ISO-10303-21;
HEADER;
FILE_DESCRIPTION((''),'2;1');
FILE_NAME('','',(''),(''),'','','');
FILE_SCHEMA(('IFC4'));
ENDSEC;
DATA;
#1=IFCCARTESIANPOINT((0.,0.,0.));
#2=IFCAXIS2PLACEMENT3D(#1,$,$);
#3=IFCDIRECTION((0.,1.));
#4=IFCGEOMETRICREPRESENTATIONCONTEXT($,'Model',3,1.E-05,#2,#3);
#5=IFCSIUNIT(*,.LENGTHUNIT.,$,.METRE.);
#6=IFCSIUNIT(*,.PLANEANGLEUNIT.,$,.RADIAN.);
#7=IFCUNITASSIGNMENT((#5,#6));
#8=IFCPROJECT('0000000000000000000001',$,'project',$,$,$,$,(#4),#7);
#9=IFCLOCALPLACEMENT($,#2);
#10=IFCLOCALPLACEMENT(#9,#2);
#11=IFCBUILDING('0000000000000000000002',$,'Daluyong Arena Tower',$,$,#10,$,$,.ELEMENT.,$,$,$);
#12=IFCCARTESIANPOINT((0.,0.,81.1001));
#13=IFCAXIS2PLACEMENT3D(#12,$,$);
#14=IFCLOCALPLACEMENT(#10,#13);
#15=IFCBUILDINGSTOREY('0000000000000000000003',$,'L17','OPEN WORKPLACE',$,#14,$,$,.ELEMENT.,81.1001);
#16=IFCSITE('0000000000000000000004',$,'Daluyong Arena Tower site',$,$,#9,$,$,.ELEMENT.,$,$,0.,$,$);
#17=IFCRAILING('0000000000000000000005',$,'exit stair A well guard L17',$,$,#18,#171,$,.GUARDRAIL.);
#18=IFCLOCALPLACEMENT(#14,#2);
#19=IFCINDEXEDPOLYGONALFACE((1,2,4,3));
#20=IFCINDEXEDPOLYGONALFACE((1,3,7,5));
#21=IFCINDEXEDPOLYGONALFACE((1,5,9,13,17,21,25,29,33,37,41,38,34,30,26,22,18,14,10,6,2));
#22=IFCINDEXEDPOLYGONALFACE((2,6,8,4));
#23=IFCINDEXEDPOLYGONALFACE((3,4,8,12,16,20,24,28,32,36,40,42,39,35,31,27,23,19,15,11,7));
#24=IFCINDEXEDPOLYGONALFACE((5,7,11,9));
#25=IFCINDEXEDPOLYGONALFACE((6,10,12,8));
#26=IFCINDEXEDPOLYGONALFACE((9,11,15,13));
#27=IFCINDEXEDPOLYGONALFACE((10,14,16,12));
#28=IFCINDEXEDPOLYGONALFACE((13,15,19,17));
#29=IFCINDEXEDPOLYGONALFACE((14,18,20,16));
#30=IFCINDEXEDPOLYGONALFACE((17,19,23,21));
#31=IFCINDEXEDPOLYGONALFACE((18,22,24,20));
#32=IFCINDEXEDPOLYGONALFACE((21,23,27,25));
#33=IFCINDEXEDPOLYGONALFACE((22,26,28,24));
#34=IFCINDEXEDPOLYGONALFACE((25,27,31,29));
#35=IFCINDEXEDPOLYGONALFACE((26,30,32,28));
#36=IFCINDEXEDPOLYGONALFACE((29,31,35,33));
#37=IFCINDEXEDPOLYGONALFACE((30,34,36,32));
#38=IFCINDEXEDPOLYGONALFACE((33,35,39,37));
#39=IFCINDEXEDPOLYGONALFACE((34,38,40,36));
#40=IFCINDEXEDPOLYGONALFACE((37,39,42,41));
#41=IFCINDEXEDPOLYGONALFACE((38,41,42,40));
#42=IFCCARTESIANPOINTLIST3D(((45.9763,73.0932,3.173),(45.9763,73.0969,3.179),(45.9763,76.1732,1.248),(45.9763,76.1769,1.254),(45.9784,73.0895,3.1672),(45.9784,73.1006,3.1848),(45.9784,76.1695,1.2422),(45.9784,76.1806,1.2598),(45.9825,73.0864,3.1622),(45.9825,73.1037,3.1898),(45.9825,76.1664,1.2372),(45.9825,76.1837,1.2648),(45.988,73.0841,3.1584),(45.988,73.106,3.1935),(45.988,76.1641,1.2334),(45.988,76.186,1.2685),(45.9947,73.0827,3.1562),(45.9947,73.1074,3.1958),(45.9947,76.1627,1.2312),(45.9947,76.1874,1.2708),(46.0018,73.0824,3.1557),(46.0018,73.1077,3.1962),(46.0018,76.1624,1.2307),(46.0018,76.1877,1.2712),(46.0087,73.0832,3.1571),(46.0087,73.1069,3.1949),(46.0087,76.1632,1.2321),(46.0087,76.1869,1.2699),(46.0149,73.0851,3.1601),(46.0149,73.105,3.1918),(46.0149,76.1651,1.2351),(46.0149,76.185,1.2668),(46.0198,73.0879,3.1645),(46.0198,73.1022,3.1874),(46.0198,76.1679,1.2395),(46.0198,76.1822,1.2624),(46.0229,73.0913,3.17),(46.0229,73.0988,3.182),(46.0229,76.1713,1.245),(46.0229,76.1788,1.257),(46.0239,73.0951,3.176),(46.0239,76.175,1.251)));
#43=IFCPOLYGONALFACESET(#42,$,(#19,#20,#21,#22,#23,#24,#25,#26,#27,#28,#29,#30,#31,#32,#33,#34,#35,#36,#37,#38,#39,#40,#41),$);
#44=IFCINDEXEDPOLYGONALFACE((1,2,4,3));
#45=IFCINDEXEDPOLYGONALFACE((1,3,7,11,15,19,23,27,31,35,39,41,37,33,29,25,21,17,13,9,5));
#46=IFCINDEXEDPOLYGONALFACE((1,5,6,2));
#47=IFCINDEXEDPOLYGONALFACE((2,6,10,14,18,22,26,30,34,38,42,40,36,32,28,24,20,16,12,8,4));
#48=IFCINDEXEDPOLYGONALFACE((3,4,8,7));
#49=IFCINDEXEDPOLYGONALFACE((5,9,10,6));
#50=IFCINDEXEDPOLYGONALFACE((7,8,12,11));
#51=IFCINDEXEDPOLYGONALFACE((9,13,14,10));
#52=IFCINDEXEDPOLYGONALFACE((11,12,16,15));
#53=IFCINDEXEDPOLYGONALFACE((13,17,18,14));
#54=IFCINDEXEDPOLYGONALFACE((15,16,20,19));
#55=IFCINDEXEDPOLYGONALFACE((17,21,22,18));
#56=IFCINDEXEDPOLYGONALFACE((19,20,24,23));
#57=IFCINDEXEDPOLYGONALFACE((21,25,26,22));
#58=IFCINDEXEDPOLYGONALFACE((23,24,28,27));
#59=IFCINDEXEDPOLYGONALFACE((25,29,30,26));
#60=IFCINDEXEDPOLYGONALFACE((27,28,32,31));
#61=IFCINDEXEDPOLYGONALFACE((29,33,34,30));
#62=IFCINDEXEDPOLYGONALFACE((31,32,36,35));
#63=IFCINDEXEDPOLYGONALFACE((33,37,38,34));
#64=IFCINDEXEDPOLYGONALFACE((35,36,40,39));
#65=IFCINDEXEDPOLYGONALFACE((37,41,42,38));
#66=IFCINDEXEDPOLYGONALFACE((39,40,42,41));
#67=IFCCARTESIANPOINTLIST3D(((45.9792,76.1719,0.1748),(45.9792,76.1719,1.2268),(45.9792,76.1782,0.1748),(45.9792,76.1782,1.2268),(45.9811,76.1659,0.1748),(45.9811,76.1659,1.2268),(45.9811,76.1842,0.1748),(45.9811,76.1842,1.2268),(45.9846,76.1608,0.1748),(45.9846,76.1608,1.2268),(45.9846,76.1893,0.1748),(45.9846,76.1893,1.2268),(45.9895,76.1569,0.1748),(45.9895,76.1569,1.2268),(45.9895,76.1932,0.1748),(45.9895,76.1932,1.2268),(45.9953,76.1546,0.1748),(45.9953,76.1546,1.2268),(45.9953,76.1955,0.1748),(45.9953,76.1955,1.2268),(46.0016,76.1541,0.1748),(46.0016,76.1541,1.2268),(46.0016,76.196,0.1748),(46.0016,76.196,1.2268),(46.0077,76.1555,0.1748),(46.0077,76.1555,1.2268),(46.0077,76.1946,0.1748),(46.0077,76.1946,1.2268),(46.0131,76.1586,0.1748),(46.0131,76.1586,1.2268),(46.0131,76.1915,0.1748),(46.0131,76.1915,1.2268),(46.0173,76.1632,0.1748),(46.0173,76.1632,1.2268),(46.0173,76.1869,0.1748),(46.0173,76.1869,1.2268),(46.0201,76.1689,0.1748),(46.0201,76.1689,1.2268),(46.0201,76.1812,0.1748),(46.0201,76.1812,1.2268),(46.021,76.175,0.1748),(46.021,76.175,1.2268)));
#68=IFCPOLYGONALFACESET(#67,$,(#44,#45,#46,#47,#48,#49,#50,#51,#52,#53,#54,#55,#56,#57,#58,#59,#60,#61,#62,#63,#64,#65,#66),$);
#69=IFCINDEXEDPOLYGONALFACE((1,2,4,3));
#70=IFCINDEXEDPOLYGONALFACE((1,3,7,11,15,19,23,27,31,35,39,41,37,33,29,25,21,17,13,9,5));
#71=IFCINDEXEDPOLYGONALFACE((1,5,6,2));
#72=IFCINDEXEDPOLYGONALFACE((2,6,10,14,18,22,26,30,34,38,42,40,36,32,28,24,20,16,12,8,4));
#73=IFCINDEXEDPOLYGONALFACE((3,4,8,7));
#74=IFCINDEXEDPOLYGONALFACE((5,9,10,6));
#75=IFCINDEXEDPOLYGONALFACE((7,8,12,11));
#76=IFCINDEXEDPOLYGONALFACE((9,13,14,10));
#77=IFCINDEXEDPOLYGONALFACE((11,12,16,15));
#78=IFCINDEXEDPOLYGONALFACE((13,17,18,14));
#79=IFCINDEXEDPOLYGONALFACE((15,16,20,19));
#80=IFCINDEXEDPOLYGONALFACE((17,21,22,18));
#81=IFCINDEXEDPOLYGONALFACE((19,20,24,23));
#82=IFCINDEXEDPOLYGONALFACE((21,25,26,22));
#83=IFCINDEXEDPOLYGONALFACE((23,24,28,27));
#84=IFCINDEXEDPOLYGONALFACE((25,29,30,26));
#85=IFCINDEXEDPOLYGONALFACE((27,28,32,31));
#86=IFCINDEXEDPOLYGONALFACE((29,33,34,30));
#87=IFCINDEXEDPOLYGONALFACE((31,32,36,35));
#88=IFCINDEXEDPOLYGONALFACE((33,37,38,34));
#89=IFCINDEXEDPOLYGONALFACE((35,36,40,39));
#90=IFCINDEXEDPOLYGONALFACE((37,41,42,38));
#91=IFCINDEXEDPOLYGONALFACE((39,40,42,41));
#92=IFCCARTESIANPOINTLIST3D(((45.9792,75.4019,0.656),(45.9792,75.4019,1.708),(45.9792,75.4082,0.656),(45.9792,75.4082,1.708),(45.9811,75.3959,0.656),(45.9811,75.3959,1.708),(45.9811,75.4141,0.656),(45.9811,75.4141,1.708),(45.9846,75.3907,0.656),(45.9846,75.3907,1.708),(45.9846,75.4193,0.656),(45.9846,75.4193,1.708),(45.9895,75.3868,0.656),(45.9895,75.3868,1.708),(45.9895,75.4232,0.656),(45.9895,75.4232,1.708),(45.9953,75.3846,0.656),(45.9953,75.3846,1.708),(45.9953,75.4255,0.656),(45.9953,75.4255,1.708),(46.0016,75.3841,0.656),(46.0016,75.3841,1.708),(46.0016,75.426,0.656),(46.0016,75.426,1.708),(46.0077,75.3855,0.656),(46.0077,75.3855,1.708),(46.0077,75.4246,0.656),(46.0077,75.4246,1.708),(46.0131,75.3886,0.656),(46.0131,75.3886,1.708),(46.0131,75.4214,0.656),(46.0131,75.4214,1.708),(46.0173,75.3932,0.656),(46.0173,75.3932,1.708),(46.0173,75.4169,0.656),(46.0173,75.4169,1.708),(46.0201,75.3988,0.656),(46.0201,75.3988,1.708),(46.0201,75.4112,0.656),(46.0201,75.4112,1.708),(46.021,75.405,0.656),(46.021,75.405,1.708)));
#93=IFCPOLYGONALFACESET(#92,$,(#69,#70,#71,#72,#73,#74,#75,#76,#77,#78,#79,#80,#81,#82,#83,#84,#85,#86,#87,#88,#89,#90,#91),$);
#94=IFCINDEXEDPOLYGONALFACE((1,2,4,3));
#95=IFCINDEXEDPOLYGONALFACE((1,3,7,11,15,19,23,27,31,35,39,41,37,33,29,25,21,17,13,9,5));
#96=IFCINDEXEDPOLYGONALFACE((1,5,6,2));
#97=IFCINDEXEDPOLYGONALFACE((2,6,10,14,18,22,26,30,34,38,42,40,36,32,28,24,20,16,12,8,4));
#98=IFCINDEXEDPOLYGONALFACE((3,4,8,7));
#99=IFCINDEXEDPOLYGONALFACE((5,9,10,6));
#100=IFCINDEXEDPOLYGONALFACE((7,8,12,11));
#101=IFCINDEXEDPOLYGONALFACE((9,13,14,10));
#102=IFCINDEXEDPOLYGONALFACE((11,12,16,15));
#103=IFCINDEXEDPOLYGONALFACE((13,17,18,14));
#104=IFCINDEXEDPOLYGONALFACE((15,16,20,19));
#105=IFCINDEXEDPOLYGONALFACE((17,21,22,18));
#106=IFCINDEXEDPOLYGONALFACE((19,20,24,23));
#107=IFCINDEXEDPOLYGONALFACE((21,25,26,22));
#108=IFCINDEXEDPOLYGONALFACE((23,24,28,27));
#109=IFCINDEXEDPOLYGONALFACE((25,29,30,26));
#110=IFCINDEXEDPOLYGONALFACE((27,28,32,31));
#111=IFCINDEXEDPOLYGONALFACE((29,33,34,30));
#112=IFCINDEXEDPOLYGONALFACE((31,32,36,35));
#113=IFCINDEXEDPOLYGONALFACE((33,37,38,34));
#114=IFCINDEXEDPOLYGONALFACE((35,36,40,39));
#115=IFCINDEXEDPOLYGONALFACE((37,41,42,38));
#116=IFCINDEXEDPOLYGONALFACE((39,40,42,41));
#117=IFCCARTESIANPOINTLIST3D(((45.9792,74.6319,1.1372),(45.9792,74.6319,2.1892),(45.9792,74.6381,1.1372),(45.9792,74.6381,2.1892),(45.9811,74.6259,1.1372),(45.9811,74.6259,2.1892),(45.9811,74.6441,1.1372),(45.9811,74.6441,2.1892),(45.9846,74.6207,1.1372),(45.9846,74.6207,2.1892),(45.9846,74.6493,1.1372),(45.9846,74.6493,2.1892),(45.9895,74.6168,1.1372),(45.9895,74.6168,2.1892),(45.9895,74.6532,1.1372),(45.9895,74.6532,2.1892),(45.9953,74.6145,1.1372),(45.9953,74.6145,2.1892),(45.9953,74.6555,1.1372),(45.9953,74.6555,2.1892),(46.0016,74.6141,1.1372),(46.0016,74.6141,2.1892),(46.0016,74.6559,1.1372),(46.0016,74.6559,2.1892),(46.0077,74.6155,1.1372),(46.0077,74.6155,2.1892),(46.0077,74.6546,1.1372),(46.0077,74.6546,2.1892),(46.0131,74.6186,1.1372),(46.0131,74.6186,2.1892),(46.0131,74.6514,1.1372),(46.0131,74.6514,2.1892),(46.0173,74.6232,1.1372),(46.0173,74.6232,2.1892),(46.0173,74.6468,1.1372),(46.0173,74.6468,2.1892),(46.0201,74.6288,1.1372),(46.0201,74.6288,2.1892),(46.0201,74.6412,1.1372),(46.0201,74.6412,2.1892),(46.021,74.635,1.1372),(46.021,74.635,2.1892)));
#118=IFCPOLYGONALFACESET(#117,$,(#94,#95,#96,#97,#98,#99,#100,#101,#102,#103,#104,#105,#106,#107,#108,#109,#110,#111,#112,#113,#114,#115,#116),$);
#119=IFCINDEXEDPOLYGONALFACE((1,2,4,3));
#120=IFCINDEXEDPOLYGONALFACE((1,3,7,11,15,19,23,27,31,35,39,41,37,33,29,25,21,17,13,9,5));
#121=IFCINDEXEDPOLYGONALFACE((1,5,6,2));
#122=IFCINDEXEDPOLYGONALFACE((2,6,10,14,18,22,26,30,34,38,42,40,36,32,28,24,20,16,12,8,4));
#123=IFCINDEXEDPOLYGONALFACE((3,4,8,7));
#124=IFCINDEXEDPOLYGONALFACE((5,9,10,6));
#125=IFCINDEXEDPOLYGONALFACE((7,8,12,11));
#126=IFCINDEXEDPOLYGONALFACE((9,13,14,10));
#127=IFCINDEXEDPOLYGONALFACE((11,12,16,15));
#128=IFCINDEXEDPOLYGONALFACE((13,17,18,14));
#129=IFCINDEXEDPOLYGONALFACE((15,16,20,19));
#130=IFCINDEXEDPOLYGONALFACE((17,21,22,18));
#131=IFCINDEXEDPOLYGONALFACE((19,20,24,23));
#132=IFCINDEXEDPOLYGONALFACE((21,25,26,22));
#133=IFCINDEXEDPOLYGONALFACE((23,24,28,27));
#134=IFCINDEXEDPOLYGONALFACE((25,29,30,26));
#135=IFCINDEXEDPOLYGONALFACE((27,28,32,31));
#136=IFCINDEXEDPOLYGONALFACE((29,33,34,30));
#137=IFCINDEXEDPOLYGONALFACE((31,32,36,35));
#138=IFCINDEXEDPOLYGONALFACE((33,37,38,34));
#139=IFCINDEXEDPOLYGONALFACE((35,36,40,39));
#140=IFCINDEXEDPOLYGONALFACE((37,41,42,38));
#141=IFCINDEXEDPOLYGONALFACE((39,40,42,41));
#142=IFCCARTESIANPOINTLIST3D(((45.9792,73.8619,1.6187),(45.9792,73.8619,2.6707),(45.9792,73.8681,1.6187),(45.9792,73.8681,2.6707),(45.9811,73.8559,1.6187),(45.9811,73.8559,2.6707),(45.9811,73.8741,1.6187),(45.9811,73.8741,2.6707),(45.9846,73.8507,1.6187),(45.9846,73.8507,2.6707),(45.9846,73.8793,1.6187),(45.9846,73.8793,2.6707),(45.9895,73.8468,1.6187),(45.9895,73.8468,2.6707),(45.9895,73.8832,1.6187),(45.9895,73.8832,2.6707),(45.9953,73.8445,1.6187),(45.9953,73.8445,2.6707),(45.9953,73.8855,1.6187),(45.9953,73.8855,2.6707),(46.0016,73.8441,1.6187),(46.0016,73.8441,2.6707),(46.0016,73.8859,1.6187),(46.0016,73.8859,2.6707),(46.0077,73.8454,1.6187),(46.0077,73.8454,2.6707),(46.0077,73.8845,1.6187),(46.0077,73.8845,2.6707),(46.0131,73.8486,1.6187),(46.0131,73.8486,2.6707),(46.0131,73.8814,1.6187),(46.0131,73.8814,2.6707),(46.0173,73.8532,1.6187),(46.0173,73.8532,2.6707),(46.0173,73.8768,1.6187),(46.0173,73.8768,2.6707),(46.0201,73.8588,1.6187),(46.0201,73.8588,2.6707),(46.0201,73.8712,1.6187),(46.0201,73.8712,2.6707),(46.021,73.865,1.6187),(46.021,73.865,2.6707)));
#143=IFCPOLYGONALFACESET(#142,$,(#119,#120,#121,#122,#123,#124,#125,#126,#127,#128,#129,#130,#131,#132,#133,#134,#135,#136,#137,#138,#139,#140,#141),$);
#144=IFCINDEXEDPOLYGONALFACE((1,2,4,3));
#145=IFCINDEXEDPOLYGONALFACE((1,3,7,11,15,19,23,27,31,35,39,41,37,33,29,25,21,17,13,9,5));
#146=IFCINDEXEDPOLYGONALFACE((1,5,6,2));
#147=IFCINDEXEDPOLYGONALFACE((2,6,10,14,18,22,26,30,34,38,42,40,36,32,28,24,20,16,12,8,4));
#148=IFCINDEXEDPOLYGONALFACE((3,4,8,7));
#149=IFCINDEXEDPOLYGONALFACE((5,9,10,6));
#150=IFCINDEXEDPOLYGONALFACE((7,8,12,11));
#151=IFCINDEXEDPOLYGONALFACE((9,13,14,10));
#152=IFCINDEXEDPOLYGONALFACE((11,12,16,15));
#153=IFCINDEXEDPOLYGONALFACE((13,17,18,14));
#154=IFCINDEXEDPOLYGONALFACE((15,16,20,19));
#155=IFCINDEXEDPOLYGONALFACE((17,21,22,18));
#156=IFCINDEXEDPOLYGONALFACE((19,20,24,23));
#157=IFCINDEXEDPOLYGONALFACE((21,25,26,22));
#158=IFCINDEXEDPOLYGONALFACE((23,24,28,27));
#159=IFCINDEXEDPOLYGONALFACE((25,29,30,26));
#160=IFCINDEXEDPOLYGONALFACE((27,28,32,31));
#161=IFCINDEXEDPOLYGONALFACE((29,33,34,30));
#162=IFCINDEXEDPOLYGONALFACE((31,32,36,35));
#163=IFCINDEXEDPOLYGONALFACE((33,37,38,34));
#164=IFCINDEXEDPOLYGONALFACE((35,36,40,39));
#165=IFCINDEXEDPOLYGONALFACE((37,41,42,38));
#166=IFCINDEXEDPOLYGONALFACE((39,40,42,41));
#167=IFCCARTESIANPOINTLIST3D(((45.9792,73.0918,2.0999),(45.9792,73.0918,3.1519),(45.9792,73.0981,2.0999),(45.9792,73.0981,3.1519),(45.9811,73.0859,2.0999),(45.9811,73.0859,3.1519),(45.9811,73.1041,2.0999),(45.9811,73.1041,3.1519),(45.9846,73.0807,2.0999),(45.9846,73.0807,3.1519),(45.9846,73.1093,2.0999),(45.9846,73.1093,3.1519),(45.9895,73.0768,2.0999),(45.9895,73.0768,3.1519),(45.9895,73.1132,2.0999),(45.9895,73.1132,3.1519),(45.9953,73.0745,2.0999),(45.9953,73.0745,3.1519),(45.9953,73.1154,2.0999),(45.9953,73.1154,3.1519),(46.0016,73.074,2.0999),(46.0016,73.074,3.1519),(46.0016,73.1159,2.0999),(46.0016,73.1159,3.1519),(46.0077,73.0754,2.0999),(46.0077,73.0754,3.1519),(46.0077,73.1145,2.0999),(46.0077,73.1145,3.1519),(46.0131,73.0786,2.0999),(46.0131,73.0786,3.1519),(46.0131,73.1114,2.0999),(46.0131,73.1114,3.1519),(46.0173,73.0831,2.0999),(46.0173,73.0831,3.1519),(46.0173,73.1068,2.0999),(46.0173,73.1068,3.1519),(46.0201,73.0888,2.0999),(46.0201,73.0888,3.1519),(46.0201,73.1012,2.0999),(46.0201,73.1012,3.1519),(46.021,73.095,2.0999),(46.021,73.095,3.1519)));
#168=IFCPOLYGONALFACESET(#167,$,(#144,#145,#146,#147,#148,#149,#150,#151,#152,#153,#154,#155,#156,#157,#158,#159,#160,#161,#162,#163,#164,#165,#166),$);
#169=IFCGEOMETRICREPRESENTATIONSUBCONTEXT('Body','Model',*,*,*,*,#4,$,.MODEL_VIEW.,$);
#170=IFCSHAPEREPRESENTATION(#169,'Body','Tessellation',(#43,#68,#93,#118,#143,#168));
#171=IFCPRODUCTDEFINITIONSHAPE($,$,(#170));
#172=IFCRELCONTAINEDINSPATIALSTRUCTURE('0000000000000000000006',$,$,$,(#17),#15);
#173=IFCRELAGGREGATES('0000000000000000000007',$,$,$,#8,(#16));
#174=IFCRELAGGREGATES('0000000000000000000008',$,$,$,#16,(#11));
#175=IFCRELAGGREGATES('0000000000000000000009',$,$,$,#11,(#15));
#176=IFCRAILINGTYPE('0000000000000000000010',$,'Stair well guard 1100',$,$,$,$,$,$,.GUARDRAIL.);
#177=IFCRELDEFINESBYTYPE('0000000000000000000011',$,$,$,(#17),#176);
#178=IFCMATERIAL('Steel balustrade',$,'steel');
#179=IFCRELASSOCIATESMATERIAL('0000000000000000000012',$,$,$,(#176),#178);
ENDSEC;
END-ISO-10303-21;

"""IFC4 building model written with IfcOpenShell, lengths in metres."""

from ifc_helpers import new_model, si_unit, direction, frame, origin, origin_2d, place, context, subcontext, project, spatial, circle, extrude, material, type_object, element, save


model = new_model("IFC4")

# Units and contexts
model_context = context("Model", 3, precision=1e-05, world=origin(), true_north=direction((0.0, 1.0)))
body_context = subcontext(model_context, "Body", "Model", "MODEL_VIEW")
ifc_project = project(units=[si_unit("LENGTHUNIT", "METRE"), si_unit("PLANEANGLEUNIT", "RADIAN")], contexts=[model_context])

# Site, building, storey
site_placement = place(None, origin())
site = spatial("IfcSite", under=ifc_project, at=site_placement, Name="Daluyong Arena Tower site", CompositionType="ELEMENT", RefElevation=0.0)
building_placement = place(site_placement, origin())
building = spatial("IfcBuilding", under=site, at=building_placement, Name="Daluyong Arena Tower", CompositionType="ELEMENT")
storey_placement = place(building_placement, frame((0.0, 0.0, 81.1001)))
storey = spatial("IfcBuildingStorey", under=building, at=storey_placement, Name="L17", Description="OPEN WORKPLACE", CompositionType="ELEMENT", Elevation=81.1001)

# Railing
ifc_material_1 = material(Name="Steel balustrade", Category="steel")
railing_type_1 = type_object("IfcRailingType", Name="Stair well guard 1100", PredefinedType="GUARDRAIL", material=ifc_material_1)
railing_1_placement = place(storey_placement, frame((46.0, 76.175, 0.1748)))
element("IfcRailing", 1, at=railing_1_placement, inside=storey, type_object=railing_type_1, Name="exit stair A well guard L17", PredefinedType="GUARDRAIL", context=body_context, shape_type="SweptSolid", body=[
    extrude(circle(Radius=0.0239, at=origin_2d()), frame((0.0, 0.0, 1.0762), z_axis=(0.0, -0.847998, 0.529999), x_axis=(1.0, 0.0, 0.0)), (0.0, 0.0, 1.0), 3.6321),
    extrude(circle(Radius=0.021, at=origin_2d()), origin(), (0.0, 0.0, 1.0), 1.052),
    extrude(circle(Radius=0.021, at=origin_2d()), frame((0.0, -0.77, 0.4812)), (0.0, 0.0, 1.0), 1.052),
    extrude(circle(Radius=0.021, at=origin_2d()), frame((0.0, -1.54, 0.9624)), (0.0, 0.0, 1.0), 1.052),
    extrude(circle(Radius=0.021, at=origin_2d()), frame((0.0, -2.3101, 1.4438)), (0.0, 0.0, 1.0), 1.052),
    extrude(circle(Radius=0.021, at=origin_2d()), frame((0.0, -3.0801, 1.925)), (0.0, 0.0, 1.0), 1.052),
])

save(model, "model.ifc")
